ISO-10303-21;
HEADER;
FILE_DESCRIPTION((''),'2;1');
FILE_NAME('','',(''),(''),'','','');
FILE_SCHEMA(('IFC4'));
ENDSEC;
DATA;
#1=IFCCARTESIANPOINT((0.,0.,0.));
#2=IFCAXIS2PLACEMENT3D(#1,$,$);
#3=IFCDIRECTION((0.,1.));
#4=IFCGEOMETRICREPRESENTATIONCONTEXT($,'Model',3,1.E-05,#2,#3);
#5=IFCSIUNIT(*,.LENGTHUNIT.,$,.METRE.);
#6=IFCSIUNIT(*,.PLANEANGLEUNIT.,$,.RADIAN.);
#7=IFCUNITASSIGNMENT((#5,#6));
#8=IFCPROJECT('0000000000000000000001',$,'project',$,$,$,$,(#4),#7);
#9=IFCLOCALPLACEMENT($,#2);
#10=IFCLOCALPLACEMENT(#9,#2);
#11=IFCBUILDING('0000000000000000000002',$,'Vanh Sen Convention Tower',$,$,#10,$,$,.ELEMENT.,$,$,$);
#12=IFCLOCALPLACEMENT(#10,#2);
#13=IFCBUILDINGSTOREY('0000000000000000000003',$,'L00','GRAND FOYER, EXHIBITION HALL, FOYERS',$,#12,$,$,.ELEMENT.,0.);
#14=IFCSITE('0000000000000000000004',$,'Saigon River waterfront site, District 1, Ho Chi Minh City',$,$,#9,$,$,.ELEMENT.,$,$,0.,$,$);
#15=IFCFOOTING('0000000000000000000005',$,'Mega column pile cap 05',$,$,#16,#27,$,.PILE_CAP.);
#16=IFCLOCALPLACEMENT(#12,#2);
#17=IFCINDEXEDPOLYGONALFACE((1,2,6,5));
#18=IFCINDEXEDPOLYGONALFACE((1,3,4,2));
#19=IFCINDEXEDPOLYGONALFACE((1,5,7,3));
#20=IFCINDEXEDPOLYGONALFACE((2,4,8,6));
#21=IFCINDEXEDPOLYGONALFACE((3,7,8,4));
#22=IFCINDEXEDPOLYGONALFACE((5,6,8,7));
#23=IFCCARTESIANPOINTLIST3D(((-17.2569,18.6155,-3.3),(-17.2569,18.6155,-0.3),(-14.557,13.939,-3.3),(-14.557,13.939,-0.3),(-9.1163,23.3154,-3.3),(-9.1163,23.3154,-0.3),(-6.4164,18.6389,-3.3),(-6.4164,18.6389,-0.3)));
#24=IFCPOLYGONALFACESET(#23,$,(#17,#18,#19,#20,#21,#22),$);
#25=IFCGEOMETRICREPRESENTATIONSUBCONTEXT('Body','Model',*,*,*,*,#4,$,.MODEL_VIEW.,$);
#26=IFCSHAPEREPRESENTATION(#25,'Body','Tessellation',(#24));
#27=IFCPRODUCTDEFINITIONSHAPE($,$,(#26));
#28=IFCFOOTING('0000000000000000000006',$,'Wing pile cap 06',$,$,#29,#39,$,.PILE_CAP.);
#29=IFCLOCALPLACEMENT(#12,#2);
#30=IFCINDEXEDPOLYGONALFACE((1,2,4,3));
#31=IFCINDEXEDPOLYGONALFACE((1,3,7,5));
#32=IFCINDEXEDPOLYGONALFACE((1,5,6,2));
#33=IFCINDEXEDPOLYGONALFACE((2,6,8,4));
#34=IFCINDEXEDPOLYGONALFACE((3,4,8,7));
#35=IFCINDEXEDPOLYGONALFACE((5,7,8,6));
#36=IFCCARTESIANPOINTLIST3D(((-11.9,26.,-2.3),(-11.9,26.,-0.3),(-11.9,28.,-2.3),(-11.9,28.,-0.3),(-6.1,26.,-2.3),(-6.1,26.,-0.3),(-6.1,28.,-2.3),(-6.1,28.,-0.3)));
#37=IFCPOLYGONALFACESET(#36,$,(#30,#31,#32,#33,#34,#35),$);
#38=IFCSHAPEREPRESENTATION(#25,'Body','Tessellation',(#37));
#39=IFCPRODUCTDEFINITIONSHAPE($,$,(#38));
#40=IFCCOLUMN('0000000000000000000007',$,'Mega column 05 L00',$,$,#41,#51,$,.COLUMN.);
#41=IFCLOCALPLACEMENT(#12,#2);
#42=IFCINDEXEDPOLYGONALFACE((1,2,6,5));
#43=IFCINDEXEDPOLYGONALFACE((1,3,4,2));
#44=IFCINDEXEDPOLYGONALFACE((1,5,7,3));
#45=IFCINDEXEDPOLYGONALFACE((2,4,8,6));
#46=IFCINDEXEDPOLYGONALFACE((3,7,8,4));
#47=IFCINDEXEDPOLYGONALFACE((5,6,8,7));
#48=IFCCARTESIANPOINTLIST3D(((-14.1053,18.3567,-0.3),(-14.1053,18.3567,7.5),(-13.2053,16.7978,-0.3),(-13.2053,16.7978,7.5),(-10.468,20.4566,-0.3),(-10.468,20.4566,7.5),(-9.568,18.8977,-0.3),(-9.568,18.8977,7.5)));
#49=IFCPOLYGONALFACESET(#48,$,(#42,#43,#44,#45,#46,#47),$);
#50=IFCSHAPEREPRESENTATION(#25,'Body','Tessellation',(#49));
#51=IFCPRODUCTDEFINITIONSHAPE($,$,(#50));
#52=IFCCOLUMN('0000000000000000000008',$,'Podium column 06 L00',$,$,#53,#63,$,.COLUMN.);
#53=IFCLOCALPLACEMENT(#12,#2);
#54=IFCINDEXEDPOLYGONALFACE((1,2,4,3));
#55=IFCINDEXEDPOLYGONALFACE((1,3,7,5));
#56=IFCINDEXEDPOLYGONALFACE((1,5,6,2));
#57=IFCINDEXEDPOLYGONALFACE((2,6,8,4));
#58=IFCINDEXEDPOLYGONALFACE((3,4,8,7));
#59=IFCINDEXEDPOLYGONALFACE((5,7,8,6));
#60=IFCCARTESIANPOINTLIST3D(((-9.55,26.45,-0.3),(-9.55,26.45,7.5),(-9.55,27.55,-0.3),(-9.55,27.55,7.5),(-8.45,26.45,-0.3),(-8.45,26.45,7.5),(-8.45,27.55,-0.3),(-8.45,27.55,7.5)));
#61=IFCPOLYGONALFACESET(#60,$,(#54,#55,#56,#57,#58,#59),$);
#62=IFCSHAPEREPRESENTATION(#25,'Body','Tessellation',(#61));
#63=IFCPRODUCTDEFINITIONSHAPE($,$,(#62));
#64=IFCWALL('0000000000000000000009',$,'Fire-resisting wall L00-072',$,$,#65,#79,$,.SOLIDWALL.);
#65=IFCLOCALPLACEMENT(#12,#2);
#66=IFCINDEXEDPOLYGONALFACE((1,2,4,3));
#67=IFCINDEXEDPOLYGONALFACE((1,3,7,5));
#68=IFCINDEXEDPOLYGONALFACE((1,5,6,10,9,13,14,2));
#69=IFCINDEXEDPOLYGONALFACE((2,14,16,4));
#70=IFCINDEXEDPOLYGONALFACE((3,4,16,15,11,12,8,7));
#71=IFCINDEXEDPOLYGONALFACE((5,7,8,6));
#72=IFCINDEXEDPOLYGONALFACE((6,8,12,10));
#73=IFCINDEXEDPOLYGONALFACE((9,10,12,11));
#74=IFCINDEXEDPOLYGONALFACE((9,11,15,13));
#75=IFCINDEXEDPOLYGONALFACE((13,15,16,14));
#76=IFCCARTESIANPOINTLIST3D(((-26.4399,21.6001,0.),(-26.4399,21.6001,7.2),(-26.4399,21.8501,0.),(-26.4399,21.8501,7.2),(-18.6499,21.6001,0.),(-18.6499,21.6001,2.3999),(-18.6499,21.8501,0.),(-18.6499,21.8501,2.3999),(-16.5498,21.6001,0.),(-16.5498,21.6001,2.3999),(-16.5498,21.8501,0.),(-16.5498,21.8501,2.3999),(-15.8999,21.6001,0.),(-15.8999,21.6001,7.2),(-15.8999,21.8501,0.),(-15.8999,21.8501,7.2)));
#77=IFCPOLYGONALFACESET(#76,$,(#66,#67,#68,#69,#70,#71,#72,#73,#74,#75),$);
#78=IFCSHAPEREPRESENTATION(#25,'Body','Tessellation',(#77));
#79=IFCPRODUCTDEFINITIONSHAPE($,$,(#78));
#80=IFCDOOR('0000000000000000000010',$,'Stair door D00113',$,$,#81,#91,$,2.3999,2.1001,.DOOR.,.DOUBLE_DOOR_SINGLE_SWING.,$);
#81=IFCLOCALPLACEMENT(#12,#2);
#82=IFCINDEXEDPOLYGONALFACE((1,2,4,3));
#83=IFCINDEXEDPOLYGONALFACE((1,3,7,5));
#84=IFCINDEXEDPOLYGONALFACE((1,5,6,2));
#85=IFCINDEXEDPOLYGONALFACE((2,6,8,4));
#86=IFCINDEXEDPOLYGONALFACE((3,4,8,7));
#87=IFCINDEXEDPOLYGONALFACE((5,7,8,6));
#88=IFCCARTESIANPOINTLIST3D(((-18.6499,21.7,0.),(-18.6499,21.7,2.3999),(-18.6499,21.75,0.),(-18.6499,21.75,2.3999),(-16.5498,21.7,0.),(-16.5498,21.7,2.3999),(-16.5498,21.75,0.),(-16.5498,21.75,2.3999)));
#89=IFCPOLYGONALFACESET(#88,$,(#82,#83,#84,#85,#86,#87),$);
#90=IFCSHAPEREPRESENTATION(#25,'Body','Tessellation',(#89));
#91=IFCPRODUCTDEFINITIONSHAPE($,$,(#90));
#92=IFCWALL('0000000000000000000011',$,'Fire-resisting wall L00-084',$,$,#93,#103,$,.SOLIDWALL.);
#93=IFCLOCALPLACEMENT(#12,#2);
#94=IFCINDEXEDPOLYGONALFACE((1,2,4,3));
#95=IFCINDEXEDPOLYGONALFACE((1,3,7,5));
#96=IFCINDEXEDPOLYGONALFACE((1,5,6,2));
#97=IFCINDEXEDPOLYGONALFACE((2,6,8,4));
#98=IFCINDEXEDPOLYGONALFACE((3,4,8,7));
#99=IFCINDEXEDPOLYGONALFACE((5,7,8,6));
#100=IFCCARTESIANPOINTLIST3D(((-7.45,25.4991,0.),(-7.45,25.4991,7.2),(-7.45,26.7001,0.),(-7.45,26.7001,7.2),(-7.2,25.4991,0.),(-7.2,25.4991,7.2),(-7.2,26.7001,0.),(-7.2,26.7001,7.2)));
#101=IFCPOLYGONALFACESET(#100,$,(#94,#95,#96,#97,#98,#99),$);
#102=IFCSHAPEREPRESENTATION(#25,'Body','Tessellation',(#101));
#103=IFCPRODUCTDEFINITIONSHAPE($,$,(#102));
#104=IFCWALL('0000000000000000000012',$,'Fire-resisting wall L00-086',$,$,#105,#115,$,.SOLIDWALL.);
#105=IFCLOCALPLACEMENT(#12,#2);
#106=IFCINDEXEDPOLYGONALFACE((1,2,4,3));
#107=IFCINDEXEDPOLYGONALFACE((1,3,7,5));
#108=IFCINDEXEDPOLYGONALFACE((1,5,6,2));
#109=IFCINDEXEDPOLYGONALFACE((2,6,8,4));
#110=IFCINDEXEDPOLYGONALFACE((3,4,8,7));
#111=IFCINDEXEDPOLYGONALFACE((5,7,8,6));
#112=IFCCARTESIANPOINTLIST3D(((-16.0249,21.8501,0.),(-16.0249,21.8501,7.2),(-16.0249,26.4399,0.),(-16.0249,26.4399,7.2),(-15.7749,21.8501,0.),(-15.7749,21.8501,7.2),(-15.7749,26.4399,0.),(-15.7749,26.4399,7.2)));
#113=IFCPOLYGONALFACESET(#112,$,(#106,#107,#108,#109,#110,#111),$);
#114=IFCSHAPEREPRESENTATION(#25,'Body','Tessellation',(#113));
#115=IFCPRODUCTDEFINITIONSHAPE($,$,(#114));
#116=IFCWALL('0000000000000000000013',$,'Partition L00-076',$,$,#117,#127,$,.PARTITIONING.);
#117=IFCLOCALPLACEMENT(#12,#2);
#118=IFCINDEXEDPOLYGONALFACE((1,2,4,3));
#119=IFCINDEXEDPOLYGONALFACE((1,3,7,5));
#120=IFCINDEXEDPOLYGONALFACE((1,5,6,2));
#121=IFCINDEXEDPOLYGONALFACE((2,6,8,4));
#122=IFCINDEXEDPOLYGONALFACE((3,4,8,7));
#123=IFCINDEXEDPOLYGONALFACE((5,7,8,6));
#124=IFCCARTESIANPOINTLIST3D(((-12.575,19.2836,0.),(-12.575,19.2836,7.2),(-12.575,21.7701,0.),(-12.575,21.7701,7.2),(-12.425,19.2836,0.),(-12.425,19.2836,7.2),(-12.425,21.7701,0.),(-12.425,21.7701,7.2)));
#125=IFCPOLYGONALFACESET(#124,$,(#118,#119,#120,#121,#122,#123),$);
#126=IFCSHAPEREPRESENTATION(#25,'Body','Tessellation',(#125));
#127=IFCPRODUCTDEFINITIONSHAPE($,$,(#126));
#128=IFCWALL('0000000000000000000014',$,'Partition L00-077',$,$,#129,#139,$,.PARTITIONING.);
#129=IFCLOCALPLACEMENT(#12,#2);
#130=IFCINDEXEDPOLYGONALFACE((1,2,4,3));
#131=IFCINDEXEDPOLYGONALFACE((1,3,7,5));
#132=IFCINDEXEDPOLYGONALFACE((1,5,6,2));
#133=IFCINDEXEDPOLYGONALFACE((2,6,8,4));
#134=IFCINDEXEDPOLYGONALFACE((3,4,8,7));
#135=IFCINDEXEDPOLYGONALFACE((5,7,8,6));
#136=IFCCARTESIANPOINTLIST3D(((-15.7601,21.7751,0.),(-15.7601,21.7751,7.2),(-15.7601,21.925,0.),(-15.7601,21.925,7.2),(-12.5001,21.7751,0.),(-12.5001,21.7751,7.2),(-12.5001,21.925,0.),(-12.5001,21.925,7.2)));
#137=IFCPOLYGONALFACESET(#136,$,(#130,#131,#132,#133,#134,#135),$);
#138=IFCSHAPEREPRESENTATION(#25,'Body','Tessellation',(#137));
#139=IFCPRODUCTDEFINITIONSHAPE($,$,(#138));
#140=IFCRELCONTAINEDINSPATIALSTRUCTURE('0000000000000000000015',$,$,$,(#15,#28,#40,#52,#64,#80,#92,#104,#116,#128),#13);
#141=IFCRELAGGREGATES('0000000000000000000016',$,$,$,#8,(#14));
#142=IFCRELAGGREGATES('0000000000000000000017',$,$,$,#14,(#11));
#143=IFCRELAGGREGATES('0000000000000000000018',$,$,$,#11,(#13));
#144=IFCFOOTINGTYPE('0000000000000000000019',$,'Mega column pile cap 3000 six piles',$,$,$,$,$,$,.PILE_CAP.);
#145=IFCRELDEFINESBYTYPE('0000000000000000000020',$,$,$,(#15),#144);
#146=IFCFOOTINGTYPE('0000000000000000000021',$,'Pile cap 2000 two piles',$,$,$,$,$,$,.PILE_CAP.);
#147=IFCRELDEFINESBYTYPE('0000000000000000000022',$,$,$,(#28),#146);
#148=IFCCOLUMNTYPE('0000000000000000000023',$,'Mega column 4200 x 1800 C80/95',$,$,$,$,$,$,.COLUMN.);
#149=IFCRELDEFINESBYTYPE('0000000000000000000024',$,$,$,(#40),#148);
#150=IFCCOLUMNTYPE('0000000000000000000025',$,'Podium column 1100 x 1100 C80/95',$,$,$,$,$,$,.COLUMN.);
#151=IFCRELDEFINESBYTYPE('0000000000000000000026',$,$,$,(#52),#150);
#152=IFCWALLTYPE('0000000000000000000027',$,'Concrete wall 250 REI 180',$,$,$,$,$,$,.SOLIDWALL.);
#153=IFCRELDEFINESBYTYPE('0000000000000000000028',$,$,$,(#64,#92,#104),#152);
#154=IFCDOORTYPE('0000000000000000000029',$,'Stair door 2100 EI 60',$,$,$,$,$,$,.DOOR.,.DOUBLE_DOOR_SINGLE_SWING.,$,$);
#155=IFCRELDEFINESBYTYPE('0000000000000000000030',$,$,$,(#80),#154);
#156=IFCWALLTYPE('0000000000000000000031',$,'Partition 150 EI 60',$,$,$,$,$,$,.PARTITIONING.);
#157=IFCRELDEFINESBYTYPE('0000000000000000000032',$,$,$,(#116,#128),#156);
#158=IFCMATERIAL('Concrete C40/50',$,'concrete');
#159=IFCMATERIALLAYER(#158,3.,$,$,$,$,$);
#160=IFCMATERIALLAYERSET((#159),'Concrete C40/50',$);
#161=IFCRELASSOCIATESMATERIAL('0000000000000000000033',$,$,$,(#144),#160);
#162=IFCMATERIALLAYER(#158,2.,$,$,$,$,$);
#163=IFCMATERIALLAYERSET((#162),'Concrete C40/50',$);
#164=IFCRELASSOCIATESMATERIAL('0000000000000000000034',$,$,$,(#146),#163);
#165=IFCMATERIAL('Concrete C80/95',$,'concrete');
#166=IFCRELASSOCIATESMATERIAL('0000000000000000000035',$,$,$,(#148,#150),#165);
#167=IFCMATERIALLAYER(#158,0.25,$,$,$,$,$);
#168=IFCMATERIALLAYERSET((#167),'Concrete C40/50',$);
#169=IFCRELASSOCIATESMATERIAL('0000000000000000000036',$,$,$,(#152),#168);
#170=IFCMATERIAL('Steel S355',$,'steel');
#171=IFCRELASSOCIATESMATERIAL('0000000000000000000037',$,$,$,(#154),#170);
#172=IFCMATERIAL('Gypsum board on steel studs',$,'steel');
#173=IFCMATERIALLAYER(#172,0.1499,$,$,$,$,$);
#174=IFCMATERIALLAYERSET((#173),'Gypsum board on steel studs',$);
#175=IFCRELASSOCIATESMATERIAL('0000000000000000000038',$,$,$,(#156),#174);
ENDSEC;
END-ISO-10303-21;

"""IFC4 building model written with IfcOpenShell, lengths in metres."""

from ifc_helpers import new_model, si_unit, direction, frame, frame_2d, origin, origin_2d, place, context, subcontext, project, spatial, rectangle, extrude, material, layer, layer_set, material_profile, profile_set, type_object, element, fill, save


model = new_model("IFC4")

# Units and contexts
model_context = context("Model", 3, precision=1e-05, world=origin(), true_north=direction((0.0, 1.0)))
body_context = subcontext(model_context, "Body", "Model", "MODEL_VIEW")
ifc_project = project(units=[si_unit("LENGTHUNIT", "METRE"), si_unit("PLANEANGLEUNIT", "RADIAN")], contexts=[model_context])

# Site, building, storey
site_placement = place(None, origin())
site = spatial("IfcSite", under=ifc_project, at=site_placement, Name="Saigon River waterfront site, District 1, Ho Chi Minh City", CompositionType="ELEMENT", RefElevation=0.0)
building_placement = place(site_placement, origin())
building = spatial("IfcBuilding", under=site, at=building_placement, Name="Vanh Sen Convention Tower", CompositionType="ELEMENT")
storey_placement = place(building_placement, origin())
storey = spatial("IfcBuildingStorey", under=building, at=storey_placement, Name="L00", Description="GRAND FOYER, EXHIBITION HALL, FOYERS", CompositionType="ELEMENT", Elevation=0.0)

# Shared definitions
ifc_material_1 = material(Name="Concrete C40/50", Category="concrete")

# Footings
ifc_layer_1 = layer(ifc_material_1, 3.0)
ifc_layer_set_1 = layer_set([ifc_layer_1], Name="Concrete C40/50")
footing_type_1 = type_object("IfcFootingType", Name="Mega column pile cap 3000 six piles", PredefinedType="PILE_CAP", material=ifc_layer_set_1)
footing_1_placement = place(storey_placement, frame((-11.8367, 18.6272, -3.3), z_axis=(0.0, 0.0, 1.0), x_axis=(-0.866028, -0.499995, 0.0)))
element("IfcFooting", 1, at=footing_1_placement, inside=storey, type_object=footing_type_1, Name="Mega column pile cap 05", PredefinedType="PILE_CAP", context=body_context, shape_type="SweptSolid", body=[
    extrude(rectangle(XDim=9.3999, YDim=5.3999, at=origin_2d()), origin(), (0.0, 0.0, 1.0), 3.0),
])
ifc_layer_2 = layer(ifc_material_1, 2.0)
ifc_layer_set_2 = layer_set([ifc_layer_2], Name="Concrete C40/50")
footing_type_2 = type_object("IfcFootingType", Name="Pile cap 2000 two piles", PredefinedType="PILE_CAP", material=ifc_layer_set_2)
footing_2_placement = place(storey_placement, frame((-9.0, 27.0, -2.3), z_axis=(0.0, 0.0, 1.0), x_axis=(1.0, 0.0, 0.0)))
element("IfcFooting", 2, at=footing_2_placement, inside=storey, type_object=footing_type_2, Name="Wing pile cap 06", PredefinedType="PILE_CAP", context=body_context, shape_type="SweptSolid", body=[
    extrude(rectangle(XDim=5.8, YDim=2.0, at=origin_2d()), origin(), (0.0, 0.0, 1.0), 2.0),
])

# Columns
ifc_material_2 = material(Name="Concrete C80/95", Category="concrete")
ifc_material_profile_1 = material_profile(ifc_material_2, rectangle(XDim=4.2, YDim=1.8, at=origin_2d()), Name="RC 4200X1800")
ifc_profile_set_1 = profile_set([ifc_material_profile_1], Name="Concrete C80/95")
column_type_1 = type_object("IfcColumnType", Name="Mega column 4200 x 1800 C80/95", PredefinedType="COLUMN", material=ifc_profile_set_1)
column_1_placement = place(storey_placement, frame((-11.8367, 18.6272, -0.3), z_axis=(0.0, 0.0, 1.0), x_axis=(-0.866028, -0.499995, 0.0)))
element("IfcColumn", 3, at=column_1_placement, inside=storey, type_object=column_type_1, Name="Mega column 05 L00", PredefinedType="COLUMN", context=body_context, shape_type="SweptSolid", body=[
    extrude(rectangle(XDim=4.2, YDim=1.8, at=origin_2d()), origin(), (0.0, 0.0, 1.0), 7.8),
])
ifc_material_profile_2 = material_profile(ifc_material_2, rectangle(XDim=1.1001, YDim=1.1001, at=origin_2d()), Name="RC 1100X1100")
ifc_profile_set_2 = profile_set([ifc_material_profile_2], Name="Concrete C80/95")
column_type_2 = type_object("IfcColumnType", Name="Podium column 1100 x 1100 C80/95", PredefinedType="COLUMN", material=ifc_profile_set_2)
column_2_placement = place(storey_placement, frame((-9.0, 27.0, -0.3), z_axis=(0.0, 0.0, 1.0), x_axis=(1.0, 0.0, 0.0)))
element("IfcColumn", 4, at=column_2_placement, inside=storey, type_object=column_type_2, Name="Podium column 06 L00", PredefinedType="COLUMN", context=body_context, shape_type="SweptSolid", body=[
    extrude(rectangle(XDim=1.1001, YDim=1.1001, at=origin_2d()), origin(), (0.0, 0.0, 1.0), 7.8),
])

# Wall, opening, door
ifc_layer_3 = layer(ifc_material_1, 0.25)
ifc_layer_set_3 = layer_set([ifc_layer_3], Name="Concrete C40/50")
wall_type_1 = type_object("IfcWallType", Name="Concrete wall 250 REI 180", PredefinedType="SOLIDWALL", material=ifc_layer_set_3)
wall_1_placement = place(storey_placement, frame((-15.8999, 21.7251, 0.0), z_axis=(0.0, 0.0, 1.0), x_axis=(-1.0, 0.0, 0.0)))
wall_1 = element("IfcWall", 5, at=wall_1_placement, inside=storey, type_object=wall_type_1, Name="Fire-resisting wall L00-072", PredefinedType="SOLIDWALL", context=body_context, shape_type="SweptSolid", body=[
    extrude(rectangle(XDim=10.54, YDim=0.25, at=frame_2d((5.27, 0.0))), origin(), (0.0, 0.0, 1.0), 7.2),
])
opening_1_placement = place(wall_1_placement, frame((0.6499, 0.0, 0.0)))
opening_1 = element("IfcOpeningElement", 6, at=opening_1_placement, cuts=wall_1, PredefinedType="OPENING", context=body_context, shape_type="SweptSolid", body=[
    extrude(rectangle(XDim=2.1001, YDim=2.3999, at=frame_2d((1.05, 1.2))), frame((0.0, 0.135, 0.0), z_axis=(0.0, -1.0, 0.0), x_axis=(1.0, 0.0, 0.0)), (0.0, 0.0, 1.0), 0.27),
])
ifc_material_3 = material(Name="Steel S355", Category="steel")
door_type_1 = type_object("IfcDoorType", Name="Stair door 2100 EI 60", OperationType="DOUBLE_DOOR_SINGLE_SWING", PredefinedType="DOOR", material=ifc_material_3)
door_1_placement = place(opening_1_placement, frame((2.1001, 0.0, 0.0), z_axis=(0.0, 0.0, 1.0), x_axis=(-1.0, 0.0, 0.0)))
door_1 = element("IfcDoor", 7, at=door_1_placement, inside=storey, type_object=door_type_1, Name="Stair door D00113", OperationType="DOUBLE_DOOR_SINGLE_SWING", OverallHeight=2.3999, OverallWidth=2.1001, PredefinedType="DOOR", context=body_context, shape_type="SweptSolid", body=[
    extrude(rectangle(XDim=2.1001, YDim=2.3999, at=frame_2d((1.05, 1.2))), frame((0.0, 0.0249, 0.0), z_axis=(0.0, -1.0, 0.0), x_axis=(1.0, 0.0, 0.0)), (0.0, 0.0, 1.0), 0.05),
])
fill(opening_1, door_1)

# Walls
wall_2_placement = place(storey_placement, frame((-7.325, 25.499, 0.0), z_axis=(0.0, 0.0, 1.0), x_axis=(0.0, 1.0, 0.0)))
element("IfcWall", 8, at=wall_2_placement, inside=storey, type_object=wall_type_1, Name="Fire-resisting wall L00-084", PredefinedType="SOLIDWALL", context=body_context, shape_type="SweptSolid", body=[
    extrude(rectangle(XDim=1.2009, YDim=0.25, at=frame_2d((0.6006, 0.0))), origin(), (0.0, 0.0, 1.0), 7.2),
])
wall_3_placement = place(storey_placement, frame((-15.8999, 26.4399, 0.0), z_axis=(0.0, 0.0, 1.0), x_axis=(0.0, -1.0, 0.0)))
element("IfcWall", 9, at=wall_3_placement, inside=storey, type_object=wall_type_1, Name="Fire-resisting wall L00-086", PredefinedType="SOLIDWALL", context=body_context, shape_type="SweptSolid", body=[
    extrude(rectangle(XDim=4.5898, YDim=0.25, at=frame_2d((2.2949, 0.0))), origin(), (0.0, 0.0, 1.0), 7.2),
])
ifc_material_4 = material(Name="Gypsum board on steel studs", Category="steel")
ifc_layer_4 = layer(ifc_material_4, 0.1499)
ifc_layer_set_4 = layer_set([ifc_layer_4], Name="Gypsum board on steel studs")
wall_type_2 = type_object("IfcWallType", Name="Partition 150 EI 60", PredefinedType="PARTITIONING", material=ifc_layer_set_4)
wall_4_placement = place(storey_placement, frame((-12.5, 21.77, 0.0), z_axis=(0.0, 0.0, 1.0), x_axis=(0.0, -1.0, 0.0)))
element("IfcWall", 10, at=wall_4_placement, inside=storey, type_object=wall_type_2, Name="Partition L00-076", PredefinedType="PARTITIONING", context=body_context, shape_type="SweptSolid", body=[
    extrude(rectangle(XDim=2.4866, YDim=0.1499, at=frame_2d((1.2432, 0.0))), origin(), (0.0, 0.0, 1.0), 7.2),
])
wall_5_placement = place(storey_placement, frame((-15.76, 21.8501, 0.0), z_axis=(0.0, 0.0, 1.0), x_axis=(1.0, 0.0, 0.0)))
element("IfcWall", 11, at=wall_5_placement, inside=storey, type_object=wall_type_2, Name="Partition L00-077", PredefinedType="PARTITIONING", context=body_context, shape_type="SweptSolid", body=[
    extrude(rectangle(XDim=3.26, YDim=0.1499, at=frame_2d((1.6299, 0.0))), origin(), (0.0, 0.0, 1.0), 7.2),
])

save(model, "model.ifc")
